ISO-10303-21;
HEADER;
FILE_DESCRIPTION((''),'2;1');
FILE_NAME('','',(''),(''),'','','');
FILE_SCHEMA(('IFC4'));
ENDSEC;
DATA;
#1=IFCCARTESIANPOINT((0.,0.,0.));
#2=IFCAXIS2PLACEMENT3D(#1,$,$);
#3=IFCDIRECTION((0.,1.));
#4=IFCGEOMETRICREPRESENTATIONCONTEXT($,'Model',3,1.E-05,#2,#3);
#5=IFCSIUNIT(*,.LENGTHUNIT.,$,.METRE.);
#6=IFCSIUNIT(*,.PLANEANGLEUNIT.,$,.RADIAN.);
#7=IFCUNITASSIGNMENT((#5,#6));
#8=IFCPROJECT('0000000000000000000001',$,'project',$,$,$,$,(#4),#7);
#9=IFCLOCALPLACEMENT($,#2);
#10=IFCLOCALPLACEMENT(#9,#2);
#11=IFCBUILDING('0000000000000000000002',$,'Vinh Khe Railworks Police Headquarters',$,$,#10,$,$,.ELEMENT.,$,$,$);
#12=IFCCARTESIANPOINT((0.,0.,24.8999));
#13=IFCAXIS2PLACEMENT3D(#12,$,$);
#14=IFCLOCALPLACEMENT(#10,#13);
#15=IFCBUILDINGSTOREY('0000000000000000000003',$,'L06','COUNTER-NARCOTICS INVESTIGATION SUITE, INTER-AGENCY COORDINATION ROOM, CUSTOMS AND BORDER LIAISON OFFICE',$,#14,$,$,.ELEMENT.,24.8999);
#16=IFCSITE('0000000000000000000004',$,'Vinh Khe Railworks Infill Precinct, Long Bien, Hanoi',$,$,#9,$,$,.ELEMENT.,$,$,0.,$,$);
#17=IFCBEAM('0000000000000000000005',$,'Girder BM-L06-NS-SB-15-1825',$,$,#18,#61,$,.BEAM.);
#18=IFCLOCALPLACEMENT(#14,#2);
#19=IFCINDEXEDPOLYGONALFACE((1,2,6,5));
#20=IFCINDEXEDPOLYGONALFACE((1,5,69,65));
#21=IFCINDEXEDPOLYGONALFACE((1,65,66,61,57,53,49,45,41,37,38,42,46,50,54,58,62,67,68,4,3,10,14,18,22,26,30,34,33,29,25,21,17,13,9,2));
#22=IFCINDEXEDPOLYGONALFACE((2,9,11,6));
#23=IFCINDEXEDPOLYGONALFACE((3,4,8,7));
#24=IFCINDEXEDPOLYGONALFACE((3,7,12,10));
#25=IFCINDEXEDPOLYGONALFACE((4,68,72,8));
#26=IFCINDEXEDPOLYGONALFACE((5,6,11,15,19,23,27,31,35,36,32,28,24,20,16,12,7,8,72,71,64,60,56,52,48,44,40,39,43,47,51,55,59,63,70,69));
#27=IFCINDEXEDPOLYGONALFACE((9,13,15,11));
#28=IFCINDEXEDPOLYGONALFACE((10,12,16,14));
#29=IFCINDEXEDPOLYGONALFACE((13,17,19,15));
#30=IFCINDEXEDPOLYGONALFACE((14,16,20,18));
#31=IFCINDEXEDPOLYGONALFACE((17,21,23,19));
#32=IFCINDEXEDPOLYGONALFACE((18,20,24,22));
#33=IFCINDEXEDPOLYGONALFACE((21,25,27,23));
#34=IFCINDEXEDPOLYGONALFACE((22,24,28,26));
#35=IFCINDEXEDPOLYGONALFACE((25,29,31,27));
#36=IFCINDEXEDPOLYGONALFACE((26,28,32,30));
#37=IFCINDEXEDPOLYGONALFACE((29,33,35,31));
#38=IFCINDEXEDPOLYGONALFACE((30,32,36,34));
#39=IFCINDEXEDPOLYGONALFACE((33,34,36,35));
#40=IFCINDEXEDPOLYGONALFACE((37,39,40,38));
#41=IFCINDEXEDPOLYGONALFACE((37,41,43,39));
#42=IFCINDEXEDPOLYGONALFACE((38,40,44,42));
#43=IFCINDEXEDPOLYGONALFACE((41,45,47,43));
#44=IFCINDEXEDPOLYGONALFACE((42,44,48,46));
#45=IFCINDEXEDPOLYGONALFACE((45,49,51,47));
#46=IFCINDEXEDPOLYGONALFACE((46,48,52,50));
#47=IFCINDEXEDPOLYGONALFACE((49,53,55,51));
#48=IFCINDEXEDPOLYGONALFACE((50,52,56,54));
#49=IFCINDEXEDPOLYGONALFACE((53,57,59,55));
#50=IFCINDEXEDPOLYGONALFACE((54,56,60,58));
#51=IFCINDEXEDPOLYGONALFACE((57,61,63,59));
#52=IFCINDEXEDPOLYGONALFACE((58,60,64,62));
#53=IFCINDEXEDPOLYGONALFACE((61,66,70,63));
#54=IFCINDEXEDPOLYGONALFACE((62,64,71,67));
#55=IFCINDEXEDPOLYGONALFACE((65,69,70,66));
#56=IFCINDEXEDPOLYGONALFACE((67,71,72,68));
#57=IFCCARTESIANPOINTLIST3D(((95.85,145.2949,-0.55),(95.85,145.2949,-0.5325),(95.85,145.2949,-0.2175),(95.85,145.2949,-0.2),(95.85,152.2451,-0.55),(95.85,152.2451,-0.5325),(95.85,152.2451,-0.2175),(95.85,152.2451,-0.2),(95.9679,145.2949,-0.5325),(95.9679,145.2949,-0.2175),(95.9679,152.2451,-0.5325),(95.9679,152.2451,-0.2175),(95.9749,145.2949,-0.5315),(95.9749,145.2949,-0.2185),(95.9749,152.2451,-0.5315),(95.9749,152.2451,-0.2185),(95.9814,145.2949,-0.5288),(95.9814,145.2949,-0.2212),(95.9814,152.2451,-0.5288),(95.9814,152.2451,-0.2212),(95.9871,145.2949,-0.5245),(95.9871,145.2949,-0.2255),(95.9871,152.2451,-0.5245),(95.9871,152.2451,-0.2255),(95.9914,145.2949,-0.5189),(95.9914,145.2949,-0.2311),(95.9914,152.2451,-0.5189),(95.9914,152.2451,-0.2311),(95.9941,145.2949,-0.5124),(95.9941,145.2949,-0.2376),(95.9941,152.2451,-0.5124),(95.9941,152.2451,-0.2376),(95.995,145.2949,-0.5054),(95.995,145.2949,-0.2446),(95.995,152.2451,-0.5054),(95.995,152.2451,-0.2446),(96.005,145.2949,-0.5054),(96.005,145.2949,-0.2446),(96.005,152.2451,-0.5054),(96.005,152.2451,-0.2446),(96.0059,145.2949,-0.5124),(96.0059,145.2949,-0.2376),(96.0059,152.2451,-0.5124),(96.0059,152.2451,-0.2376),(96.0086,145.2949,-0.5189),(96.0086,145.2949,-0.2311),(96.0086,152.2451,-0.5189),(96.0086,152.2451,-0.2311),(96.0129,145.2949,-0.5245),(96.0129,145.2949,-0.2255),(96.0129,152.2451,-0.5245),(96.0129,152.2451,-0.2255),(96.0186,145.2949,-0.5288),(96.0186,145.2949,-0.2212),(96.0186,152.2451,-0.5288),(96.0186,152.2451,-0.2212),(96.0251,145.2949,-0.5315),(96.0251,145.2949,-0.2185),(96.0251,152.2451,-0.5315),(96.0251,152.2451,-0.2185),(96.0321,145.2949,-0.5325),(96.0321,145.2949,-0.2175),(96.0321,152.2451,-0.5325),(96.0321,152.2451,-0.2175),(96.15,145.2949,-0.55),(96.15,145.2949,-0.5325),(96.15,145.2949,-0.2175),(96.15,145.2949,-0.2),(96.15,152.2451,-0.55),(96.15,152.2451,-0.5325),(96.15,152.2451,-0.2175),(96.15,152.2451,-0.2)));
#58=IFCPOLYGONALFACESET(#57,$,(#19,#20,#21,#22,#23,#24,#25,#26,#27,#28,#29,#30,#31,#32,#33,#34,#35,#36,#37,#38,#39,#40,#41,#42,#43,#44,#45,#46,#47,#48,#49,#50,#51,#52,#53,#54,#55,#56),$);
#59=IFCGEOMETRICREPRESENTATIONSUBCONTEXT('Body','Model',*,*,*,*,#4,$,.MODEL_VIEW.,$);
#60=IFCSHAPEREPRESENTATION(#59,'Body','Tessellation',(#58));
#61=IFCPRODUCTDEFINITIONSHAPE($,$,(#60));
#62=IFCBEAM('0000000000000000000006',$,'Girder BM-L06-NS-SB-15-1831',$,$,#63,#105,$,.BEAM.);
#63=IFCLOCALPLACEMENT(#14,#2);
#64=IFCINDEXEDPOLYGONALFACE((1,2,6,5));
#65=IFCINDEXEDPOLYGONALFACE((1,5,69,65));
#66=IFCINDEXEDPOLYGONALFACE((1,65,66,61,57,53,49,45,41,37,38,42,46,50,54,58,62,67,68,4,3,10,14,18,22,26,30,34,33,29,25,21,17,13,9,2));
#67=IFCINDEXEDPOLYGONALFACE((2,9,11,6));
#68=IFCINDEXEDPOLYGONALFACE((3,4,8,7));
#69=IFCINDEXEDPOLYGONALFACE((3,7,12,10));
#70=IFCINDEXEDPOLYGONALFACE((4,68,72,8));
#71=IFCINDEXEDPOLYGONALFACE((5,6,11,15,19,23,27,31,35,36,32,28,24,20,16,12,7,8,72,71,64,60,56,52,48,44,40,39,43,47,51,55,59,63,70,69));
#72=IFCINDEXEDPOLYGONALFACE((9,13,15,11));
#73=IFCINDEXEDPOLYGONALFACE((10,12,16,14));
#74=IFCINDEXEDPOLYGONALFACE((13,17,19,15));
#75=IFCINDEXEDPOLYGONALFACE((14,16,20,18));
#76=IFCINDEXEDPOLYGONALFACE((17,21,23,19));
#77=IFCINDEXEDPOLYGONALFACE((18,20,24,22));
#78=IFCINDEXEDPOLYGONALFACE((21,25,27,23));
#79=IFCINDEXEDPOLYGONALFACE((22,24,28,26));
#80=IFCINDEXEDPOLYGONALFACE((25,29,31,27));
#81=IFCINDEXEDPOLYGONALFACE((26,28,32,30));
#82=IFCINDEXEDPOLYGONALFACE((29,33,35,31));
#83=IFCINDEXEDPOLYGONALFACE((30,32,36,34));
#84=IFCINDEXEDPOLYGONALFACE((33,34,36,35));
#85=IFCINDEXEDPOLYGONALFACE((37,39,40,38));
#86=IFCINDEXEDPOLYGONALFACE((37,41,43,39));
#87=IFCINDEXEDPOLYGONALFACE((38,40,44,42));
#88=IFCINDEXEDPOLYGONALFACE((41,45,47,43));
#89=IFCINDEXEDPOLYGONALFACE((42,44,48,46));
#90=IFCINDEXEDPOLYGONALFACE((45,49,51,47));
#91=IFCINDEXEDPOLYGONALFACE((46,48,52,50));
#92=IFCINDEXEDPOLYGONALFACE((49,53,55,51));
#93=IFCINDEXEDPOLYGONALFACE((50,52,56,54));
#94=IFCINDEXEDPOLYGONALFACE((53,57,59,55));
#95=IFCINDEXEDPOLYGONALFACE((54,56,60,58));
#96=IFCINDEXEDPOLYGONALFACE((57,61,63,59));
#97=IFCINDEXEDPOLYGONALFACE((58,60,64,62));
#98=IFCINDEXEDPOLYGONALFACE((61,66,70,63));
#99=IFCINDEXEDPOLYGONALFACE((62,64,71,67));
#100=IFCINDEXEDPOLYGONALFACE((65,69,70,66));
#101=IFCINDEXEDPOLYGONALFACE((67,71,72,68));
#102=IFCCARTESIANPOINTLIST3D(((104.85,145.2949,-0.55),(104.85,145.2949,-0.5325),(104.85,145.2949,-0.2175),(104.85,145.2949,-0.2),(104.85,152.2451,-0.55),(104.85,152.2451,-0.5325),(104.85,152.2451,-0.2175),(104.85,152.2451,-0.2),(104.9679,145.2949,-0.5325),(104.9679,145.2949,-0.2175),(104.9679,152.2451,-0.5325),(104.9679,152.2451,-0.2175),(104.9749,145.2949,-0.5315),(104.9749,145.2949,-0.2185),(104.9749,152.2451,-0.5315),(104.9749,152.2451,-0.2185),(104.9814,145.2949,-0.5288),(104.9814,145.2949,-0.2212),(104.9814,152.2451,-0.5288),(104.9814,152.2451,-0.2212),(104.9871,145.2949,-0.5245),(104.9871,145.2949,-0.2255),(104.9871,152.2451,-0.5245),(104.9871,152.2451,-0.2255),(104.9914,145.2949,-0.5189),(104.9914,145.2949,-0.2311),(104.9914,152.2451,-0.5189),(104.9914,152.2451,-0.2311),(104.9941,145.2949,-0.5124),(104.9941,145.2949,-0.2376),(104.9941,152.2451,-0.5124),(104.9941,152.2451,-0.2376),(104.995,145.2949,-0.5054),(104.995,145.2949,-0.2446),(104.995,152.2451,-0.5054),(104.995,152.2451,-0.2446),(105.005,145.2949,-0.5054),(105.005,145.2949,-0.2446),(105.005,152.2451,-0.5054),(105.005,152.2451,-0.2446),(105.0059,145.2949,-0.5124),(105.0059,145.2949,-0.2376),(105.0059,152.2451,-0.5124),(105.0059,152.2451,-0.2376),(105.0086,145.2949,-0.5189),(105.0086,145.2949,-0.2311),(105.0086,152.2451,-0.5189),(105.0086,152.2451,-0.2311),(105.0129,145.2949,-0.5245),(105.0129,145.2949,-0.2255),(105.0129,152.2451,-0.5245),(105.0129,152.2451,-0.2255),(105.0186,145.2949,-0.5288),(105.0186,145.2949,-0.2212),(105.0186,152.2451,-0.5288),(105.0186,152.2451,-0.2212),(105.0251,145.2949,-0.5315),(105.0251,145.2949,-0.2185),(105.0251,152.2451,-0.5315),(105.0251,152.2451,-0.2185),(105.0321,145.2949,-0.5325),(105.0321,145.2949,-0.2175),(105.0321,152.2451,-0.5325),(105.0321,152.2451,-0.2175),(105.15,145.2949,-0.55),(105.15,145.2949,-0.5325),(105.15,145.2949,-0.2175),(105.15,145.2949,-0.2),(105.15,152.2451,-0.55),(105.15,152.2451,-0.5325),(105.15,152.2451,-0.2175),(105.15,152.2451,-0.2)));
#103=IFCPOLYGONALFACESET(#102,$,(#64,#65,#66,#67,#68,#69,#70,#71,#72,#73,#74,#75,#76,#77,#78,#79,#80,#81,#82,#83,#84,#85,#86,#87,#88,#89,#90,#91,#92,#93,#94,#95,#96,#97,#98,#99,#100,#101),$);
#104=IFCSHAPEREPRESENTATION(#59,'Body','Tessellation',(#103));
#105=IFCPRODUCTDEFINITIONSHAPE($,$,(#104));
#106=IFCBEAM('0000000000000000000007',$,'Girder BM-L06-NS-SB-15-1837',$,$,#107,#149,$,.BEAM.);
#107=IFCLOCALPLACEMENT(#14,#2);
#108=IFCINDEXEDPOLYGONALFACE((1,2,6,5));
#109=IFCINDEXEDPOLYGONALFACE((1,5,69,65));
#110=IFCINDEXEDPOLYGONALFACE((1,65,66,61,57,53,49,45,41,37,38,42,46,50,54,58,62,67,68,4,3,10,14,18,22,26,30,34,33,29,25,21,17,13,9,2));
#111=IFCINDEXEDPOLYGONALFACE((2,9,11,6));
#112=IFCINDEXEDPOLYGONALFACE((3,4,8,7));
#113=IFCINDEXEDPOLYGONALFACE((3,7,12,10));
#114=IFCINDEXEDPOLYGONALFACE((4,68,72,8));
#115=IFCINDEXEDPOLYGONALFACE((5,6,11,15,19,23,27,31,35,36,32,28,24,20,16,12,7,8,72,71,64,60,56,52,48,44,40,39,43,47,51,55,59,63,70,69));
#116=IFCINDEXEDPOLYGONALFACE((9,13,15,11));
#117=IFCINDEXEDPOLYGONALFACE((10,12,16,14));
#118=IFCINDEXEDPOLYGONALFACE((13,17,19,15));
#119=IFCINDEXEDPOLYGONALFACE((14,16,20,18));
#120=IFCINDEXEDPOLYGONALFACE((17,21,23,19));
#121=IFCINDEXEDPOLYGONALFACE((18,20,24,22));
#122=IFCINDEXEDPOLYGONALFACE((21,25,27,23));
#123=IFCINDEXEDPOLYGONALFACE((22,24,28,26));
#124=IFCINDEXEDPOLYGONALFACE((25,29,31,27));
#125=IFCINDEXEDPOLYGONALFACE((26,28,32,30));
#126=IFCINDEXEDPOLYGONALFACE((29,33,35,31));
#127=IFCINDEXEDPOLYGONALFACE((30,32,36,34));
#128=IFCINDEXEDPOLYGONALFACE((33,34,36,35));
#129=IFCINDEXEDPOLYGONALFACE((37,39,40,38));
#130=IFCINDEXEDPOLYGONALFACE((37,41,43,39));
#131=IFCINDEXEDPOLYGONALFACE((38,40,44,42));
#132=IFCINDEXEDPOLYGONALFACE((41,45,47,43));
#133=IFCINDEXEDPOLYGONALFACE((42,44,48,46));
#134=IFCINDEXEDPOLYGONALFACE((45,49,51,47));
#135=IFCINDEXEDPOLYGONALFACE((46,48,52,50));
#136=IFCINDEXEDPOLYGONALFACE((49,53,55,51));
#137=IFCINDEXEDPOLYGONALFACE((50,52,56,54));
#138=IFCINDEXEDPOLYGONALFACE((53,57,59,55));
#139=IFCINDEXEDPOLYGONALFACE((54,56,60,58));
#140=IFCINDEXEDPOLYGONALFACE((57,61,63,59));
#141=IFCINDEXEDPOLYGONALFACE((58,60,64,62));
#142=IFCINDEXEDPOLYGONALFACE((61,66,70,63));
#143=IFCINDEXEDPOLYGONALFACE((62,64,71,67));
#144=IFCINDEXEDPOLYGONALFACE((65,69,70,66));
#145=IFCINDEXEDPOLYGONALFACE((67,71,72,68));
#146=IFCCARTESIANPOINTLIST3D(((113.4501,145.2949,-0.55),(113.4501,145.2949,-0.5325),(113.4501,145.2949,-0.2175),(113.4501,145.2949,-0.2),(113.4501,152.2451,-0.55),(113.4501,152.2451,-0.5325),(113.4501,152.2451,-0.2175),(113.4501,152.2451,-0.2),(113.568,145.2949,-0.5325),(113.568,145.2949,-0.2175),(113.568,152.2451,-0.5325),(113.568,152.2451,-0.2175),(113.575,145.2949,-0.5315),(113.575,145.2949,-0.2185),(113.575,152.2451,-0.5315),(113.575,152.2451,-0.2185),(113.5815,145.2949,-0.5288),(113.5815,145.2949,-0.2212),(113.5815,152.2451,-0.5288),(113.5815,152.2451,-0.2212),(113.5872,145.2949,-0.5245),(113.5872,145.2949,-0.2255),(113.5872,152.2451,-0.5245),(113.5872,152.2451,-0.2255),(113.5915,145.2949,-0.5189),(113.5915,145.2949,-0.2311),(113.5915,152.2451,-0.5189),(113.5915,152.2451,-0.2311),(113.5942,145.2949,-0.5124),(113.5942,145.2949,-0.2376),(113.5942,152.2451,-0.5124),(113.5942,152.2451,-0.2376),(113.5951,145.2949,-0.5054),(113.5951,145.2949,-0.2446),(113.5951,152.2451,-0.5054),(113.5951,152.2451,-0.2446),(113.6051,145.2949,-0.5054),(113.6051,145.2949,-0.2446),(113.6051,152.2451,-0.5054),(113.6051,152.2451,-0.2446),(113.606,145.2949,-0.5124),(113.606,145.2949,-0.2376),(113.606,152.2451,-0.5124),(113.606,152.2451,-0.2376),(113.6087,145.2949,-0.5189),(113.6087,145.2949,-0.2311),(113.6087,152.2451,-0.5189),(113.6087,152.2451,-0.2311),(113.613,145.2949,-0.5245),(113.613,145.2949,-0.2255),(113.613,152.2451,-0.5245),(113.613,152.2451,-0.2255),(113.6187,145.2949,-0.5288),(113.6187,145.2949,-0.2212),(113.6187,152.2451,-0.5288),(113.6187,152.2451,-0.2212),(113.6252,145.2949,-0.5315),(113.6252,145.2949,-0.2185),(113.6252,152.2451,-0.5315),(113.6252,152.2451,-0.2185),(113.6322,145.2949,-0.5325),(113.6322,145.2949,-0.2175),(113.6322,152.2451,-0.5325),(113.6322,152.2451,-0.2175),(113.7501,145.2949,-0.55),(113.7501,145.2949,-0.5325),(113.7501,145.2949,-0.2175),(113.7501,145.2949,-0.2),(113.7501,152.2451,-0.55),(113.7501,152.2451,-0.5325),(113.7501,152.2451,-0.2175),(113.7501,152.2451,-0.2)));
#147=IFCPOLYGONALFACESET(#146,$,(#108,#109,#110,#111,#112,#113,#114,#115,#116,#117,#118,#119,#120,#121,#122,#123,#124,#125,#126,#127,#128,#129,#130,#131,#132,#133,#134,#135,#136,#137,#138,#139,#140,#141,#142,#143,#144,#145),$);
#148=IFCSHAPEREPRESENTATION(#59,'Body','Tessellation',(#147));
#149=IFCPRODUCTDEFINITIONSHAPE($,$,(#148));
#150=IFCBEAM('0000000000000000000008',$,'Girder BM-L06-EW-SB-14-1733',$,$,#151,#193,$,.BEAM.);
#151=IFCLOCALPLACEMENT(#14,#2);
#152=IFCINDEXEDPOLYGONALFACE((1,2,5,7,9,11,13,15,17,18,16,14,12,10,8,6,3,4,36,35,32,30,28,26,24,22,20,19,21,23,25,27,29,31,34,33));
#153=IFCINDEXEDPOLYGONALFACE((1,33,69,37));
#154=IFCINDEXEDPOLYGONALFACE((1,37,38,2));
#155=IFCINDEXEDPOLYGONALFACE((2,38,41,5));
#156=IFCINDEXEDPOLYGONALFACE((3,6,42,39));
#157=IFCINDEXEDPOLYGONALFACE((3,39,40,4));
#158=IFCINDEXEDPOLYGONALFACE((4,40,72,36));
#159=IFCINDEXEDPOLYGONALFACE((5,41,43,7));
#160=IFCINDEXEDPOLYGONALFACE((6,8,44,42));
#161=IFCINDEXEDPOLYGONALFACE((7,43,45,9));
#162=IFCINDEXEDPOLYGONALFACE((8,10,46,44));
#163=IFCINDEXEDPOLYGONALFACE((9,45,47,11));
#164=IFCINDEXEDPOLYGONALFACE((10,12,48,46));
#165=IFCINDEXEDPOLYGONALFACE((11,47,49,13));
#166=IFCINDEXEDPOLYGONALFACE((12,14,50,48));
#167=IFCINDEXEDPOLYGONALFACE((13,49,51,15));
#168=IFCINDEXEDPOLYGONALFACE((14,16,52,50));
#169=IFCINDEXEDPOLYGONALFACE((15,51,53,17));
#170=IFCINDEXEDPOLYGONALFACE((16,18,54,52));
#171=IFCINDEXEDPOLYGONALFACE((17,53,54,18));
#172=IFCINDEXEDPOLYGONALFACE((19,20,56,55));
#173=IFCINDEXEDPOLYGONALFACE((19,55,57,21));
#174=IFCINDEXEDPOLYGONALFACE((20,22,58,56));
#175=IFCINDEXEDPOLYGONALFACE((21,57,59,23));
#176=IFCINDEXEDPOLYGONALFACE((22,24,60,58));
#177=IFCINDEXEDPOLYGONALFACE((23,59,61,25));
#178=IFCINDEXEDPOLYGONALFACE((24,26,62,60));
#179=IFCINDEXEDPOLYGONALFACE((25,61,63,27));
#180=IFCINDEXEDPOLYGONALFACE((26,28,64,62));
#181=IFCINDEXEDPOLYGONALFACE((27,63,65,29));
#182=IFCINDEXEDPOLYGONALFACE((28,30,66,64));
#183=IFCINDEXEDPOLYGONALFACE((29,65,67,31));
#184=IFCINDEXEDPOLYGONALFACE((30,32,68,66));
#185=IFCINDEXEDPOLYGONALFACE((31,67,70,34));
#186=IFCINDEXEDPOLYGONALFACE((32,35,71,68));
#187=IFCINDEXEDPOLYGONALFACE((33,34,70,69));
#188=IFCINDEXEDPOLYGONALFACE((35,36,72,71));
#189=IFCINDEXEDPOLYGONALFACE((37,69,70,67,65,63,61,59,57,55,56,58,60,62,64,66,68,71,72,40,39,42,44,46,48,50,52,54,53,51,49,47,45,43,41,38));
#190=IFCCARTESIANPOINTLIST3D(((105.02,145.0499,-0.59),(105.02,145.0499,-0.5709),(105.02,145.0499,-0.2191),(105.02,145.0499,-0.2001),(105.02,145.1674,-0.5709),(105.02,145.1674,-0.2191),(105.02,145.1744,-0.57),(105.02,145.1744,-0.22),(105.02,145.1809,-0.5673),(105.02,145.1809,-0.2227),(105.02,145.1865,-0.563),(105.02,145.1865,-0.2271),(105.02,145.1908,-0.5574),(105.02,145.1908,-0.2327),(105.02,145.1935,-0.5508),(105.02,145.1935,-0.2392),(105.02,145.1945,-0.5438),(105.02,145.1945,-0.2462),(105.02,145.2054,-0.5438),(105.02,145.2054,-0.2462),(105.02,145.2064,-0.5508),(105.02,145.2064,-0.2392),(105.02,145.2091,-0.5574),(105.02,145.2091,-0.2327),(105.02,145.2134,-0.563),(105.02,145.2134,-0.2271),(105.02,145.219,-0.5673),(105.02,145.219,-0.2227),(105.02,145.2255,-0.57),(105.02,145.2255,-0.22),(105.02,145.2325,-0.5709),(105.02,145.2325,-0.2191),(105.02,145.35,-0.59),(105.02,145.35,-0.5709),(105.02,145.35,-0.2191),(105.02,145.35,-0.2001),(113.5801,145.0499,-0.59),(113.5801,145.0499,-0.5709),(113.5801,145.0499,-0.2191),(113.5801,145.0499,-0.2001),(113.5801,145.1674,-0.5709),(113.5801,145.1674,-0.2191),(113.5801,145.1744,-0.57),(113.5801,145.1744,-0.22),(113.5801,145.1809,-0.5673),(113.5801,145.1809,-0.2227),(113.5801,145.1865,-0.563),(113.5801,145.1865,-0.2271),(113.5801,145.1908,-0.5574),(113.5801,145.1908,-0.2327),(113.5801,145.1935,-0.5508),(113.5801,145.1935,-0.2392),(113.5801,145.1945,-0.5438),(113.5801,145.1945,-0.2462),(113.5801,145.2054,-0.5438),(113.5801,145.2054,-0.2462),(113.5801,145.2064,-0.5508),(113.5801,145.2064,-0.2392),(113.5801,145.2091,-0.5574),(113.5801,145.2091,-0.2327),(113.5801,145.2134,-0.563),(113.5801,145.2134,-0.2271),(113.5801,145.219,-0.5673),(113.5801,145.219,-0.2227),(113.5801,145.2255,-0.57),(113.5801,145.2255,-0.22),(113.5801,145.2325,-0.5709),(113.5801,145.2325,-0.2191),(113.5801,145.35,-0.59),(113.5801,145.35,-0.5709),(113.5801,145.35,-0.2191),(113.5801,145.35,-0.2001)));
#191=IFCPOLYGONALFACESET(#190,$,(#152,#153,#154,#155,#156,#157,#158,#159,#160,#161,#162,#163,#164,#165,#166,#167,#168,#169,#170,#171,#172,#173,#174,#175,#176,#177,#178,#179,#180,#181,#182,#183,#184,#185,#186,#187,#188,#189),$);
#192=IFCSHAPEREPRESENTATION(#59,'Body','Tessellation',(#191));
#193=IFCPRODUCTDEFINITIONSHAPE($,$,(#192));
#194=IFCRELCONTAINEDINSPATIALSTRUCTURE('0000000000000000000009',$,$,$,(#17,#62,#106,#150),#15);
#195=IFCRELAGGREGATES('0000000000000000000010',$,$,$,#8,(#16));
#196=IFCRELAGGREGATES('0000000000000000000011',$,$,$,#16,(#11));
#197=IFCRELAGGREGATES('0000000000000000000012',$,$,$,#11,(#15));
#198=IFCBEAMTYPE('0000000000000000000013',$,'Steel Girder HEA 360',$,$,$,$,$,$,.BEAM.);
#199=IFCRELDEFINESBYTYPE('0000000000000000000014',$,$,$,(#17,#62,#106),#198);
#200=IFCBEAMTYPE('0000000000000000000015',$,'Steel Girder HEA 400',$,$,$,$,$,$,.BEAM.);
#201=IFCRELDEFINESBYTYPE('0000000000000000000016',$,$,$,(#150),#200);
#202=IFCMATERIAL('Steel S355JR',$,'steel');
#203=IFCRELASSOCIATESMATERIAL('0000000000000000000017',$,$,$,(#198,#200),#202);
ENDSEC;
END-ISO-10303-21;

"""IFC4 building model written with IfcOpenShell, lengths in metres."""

from ifc_helpers import new_model, si_unit, direction, frame, origin, origin_2d, place, context, subcontext, project, spatial, i_section, extrude, material, material_profile, profile_set, type_object, element, save


model = new_model("IFC4")

# Units and contexts
model_context = context("Model", 3, precision=1e-05, world=origin(), true_north=direction((0.0, 1.0)))
body_context = subcontext(model_context, "Body", "Model", "MODEL_VIEW")
ifc_project = project(units=[si_unit("LENGTHUNIT", "METRE"), si_unit("PLANEANGLEUNIT", "RADIAN")], contexts=[model_context])

# Site, building, storey
site_placement = place(None, origin())
site = spatial("IfcSite", under=ifc_project, at=site_placement, Name="Vinh Khe Railworks Infill Precinct, Long Bien, Hanoi", CompositionType="ELEMENT", RefElevation=0.0)
building_placement = place(site_placement, origin())
building = spatial("IfcBuilding", under=site, at=building_placement, Name="Vinh Khe Railworks Police Headquarters", CompositionType="ELEMENT")
storey_placement = place(building_placement, frame((0.0, 0.0, 24.8999)))
storey = spatial("IfcBuildingStorey", under=building, at=storey_placement, Name="L06", Description="COUNTER-NARCOTICS INVESTIGATION SUITE, INTER-AGENCY COORDINATION ROOM, CUSTOMS AND BORDER LIAISON OFFICE", CompositionType="ELEMENT", Elevation=24.8999)

# Beams
ifc_material_1 = material(Name="Steel S355JR", Category="steel")
ifc_material_profile_1 = material_profile(ifc_material_1, i_section(OverallWidth=0.3, OverallDepth=0.3501, WebThickness=0.01, FlangeThickness=0.0176, FilletRadius=0.0271, at=origin_2d()), Name="HEA 360")
ifc_profile_set_1 = profile_set([ifc_material_profile_1], Name="Steel S355JR")
beam_type_1 = type_object("IfcBeamType", Name="Steel Girder HEA 360", PredefinedType="BEAM", material=ifc_profile_set_1)
for number, where, z_axis, x_axis, name in (
    (1, (96.0, 145.2949, -0.375), (0.0, 1.0, 0.0), (-1.0, 0.0, 0.0), "Girder BM-L06-NS-SB-15-1825"),
    (2, (105.0, 145.2949, -0.375), (0.0, 1.0, 0.0), (-1.0, 0.0, 0.0), "Girder BM-L06-NS-SB-15-1831"),
    (3, (113.6001, 145.2949, -0.375), (0.0, 1.0, 0.0), (-1.0, 0.0, 0.0), "Girder BM-L06-NS-SB-15-1837"),
):
    element("IfcBeam", number, at=place(storey_placement, frame(where, z_axis=z_axis, x_axis=x_axis)), inside=storey, type_object=beam_type_1, Name=name, PredefinedType="BEAM", context=body_context, shape_type="SweptSolid", body=[
        extrude(i_section(OverallWidth=0.3, OverallDepth=0.3501, WebThickness=0.01, FlangeThickness=0.0176, FilletRadius=0.0271, at=origin_2d()), origin(), (0.0, 0.0, 1.0), 6.9502),
    ])
ifc_material_profile_2 = material_profile(ifc_material_1, i_section(OverallWidth=0.3, OverallDepth=0.3899, WebThickness=0.011, FlangeThickness=0.019, FilletRadius=0.0271, at=origin_2d()), Name="HEA 400")
ifc_profile_set_2 = profile_set([ifc_material_profile_2], Name="Steel S355JR")
beam_type_2 = type_object("IfcBeamType", Name="Steel Girder HEA 400", PredefinedType="BEAM", material=ifc_profile_set_2)
beam_1_placement = place(storey_placement, frame((105.02, 145.2, -0.395), z_axis=(1.0, 0.0, 0.0), x_axis=(0.0, 1.0, 0.0)))
element("IfcBeam", 4, at=beam_1_placement, inside=storey, type_object=beam_type_2, Name="Girder BM-L06-EW-SB-14-1733", PredefinedType="BEAM", context=body_context, shape_type="SweptSolid", body=[
    extrude(i_section(OverallWidth=0.3, OverallDepth=0.3899, WebThickness=0.011, FlangeThickness=0.019, FilletRadius=0.0271, at=origin_2d()), origin(), (0.0, 0.0, 1.0), 8.5601),
])

save(model, "model.ifc")
